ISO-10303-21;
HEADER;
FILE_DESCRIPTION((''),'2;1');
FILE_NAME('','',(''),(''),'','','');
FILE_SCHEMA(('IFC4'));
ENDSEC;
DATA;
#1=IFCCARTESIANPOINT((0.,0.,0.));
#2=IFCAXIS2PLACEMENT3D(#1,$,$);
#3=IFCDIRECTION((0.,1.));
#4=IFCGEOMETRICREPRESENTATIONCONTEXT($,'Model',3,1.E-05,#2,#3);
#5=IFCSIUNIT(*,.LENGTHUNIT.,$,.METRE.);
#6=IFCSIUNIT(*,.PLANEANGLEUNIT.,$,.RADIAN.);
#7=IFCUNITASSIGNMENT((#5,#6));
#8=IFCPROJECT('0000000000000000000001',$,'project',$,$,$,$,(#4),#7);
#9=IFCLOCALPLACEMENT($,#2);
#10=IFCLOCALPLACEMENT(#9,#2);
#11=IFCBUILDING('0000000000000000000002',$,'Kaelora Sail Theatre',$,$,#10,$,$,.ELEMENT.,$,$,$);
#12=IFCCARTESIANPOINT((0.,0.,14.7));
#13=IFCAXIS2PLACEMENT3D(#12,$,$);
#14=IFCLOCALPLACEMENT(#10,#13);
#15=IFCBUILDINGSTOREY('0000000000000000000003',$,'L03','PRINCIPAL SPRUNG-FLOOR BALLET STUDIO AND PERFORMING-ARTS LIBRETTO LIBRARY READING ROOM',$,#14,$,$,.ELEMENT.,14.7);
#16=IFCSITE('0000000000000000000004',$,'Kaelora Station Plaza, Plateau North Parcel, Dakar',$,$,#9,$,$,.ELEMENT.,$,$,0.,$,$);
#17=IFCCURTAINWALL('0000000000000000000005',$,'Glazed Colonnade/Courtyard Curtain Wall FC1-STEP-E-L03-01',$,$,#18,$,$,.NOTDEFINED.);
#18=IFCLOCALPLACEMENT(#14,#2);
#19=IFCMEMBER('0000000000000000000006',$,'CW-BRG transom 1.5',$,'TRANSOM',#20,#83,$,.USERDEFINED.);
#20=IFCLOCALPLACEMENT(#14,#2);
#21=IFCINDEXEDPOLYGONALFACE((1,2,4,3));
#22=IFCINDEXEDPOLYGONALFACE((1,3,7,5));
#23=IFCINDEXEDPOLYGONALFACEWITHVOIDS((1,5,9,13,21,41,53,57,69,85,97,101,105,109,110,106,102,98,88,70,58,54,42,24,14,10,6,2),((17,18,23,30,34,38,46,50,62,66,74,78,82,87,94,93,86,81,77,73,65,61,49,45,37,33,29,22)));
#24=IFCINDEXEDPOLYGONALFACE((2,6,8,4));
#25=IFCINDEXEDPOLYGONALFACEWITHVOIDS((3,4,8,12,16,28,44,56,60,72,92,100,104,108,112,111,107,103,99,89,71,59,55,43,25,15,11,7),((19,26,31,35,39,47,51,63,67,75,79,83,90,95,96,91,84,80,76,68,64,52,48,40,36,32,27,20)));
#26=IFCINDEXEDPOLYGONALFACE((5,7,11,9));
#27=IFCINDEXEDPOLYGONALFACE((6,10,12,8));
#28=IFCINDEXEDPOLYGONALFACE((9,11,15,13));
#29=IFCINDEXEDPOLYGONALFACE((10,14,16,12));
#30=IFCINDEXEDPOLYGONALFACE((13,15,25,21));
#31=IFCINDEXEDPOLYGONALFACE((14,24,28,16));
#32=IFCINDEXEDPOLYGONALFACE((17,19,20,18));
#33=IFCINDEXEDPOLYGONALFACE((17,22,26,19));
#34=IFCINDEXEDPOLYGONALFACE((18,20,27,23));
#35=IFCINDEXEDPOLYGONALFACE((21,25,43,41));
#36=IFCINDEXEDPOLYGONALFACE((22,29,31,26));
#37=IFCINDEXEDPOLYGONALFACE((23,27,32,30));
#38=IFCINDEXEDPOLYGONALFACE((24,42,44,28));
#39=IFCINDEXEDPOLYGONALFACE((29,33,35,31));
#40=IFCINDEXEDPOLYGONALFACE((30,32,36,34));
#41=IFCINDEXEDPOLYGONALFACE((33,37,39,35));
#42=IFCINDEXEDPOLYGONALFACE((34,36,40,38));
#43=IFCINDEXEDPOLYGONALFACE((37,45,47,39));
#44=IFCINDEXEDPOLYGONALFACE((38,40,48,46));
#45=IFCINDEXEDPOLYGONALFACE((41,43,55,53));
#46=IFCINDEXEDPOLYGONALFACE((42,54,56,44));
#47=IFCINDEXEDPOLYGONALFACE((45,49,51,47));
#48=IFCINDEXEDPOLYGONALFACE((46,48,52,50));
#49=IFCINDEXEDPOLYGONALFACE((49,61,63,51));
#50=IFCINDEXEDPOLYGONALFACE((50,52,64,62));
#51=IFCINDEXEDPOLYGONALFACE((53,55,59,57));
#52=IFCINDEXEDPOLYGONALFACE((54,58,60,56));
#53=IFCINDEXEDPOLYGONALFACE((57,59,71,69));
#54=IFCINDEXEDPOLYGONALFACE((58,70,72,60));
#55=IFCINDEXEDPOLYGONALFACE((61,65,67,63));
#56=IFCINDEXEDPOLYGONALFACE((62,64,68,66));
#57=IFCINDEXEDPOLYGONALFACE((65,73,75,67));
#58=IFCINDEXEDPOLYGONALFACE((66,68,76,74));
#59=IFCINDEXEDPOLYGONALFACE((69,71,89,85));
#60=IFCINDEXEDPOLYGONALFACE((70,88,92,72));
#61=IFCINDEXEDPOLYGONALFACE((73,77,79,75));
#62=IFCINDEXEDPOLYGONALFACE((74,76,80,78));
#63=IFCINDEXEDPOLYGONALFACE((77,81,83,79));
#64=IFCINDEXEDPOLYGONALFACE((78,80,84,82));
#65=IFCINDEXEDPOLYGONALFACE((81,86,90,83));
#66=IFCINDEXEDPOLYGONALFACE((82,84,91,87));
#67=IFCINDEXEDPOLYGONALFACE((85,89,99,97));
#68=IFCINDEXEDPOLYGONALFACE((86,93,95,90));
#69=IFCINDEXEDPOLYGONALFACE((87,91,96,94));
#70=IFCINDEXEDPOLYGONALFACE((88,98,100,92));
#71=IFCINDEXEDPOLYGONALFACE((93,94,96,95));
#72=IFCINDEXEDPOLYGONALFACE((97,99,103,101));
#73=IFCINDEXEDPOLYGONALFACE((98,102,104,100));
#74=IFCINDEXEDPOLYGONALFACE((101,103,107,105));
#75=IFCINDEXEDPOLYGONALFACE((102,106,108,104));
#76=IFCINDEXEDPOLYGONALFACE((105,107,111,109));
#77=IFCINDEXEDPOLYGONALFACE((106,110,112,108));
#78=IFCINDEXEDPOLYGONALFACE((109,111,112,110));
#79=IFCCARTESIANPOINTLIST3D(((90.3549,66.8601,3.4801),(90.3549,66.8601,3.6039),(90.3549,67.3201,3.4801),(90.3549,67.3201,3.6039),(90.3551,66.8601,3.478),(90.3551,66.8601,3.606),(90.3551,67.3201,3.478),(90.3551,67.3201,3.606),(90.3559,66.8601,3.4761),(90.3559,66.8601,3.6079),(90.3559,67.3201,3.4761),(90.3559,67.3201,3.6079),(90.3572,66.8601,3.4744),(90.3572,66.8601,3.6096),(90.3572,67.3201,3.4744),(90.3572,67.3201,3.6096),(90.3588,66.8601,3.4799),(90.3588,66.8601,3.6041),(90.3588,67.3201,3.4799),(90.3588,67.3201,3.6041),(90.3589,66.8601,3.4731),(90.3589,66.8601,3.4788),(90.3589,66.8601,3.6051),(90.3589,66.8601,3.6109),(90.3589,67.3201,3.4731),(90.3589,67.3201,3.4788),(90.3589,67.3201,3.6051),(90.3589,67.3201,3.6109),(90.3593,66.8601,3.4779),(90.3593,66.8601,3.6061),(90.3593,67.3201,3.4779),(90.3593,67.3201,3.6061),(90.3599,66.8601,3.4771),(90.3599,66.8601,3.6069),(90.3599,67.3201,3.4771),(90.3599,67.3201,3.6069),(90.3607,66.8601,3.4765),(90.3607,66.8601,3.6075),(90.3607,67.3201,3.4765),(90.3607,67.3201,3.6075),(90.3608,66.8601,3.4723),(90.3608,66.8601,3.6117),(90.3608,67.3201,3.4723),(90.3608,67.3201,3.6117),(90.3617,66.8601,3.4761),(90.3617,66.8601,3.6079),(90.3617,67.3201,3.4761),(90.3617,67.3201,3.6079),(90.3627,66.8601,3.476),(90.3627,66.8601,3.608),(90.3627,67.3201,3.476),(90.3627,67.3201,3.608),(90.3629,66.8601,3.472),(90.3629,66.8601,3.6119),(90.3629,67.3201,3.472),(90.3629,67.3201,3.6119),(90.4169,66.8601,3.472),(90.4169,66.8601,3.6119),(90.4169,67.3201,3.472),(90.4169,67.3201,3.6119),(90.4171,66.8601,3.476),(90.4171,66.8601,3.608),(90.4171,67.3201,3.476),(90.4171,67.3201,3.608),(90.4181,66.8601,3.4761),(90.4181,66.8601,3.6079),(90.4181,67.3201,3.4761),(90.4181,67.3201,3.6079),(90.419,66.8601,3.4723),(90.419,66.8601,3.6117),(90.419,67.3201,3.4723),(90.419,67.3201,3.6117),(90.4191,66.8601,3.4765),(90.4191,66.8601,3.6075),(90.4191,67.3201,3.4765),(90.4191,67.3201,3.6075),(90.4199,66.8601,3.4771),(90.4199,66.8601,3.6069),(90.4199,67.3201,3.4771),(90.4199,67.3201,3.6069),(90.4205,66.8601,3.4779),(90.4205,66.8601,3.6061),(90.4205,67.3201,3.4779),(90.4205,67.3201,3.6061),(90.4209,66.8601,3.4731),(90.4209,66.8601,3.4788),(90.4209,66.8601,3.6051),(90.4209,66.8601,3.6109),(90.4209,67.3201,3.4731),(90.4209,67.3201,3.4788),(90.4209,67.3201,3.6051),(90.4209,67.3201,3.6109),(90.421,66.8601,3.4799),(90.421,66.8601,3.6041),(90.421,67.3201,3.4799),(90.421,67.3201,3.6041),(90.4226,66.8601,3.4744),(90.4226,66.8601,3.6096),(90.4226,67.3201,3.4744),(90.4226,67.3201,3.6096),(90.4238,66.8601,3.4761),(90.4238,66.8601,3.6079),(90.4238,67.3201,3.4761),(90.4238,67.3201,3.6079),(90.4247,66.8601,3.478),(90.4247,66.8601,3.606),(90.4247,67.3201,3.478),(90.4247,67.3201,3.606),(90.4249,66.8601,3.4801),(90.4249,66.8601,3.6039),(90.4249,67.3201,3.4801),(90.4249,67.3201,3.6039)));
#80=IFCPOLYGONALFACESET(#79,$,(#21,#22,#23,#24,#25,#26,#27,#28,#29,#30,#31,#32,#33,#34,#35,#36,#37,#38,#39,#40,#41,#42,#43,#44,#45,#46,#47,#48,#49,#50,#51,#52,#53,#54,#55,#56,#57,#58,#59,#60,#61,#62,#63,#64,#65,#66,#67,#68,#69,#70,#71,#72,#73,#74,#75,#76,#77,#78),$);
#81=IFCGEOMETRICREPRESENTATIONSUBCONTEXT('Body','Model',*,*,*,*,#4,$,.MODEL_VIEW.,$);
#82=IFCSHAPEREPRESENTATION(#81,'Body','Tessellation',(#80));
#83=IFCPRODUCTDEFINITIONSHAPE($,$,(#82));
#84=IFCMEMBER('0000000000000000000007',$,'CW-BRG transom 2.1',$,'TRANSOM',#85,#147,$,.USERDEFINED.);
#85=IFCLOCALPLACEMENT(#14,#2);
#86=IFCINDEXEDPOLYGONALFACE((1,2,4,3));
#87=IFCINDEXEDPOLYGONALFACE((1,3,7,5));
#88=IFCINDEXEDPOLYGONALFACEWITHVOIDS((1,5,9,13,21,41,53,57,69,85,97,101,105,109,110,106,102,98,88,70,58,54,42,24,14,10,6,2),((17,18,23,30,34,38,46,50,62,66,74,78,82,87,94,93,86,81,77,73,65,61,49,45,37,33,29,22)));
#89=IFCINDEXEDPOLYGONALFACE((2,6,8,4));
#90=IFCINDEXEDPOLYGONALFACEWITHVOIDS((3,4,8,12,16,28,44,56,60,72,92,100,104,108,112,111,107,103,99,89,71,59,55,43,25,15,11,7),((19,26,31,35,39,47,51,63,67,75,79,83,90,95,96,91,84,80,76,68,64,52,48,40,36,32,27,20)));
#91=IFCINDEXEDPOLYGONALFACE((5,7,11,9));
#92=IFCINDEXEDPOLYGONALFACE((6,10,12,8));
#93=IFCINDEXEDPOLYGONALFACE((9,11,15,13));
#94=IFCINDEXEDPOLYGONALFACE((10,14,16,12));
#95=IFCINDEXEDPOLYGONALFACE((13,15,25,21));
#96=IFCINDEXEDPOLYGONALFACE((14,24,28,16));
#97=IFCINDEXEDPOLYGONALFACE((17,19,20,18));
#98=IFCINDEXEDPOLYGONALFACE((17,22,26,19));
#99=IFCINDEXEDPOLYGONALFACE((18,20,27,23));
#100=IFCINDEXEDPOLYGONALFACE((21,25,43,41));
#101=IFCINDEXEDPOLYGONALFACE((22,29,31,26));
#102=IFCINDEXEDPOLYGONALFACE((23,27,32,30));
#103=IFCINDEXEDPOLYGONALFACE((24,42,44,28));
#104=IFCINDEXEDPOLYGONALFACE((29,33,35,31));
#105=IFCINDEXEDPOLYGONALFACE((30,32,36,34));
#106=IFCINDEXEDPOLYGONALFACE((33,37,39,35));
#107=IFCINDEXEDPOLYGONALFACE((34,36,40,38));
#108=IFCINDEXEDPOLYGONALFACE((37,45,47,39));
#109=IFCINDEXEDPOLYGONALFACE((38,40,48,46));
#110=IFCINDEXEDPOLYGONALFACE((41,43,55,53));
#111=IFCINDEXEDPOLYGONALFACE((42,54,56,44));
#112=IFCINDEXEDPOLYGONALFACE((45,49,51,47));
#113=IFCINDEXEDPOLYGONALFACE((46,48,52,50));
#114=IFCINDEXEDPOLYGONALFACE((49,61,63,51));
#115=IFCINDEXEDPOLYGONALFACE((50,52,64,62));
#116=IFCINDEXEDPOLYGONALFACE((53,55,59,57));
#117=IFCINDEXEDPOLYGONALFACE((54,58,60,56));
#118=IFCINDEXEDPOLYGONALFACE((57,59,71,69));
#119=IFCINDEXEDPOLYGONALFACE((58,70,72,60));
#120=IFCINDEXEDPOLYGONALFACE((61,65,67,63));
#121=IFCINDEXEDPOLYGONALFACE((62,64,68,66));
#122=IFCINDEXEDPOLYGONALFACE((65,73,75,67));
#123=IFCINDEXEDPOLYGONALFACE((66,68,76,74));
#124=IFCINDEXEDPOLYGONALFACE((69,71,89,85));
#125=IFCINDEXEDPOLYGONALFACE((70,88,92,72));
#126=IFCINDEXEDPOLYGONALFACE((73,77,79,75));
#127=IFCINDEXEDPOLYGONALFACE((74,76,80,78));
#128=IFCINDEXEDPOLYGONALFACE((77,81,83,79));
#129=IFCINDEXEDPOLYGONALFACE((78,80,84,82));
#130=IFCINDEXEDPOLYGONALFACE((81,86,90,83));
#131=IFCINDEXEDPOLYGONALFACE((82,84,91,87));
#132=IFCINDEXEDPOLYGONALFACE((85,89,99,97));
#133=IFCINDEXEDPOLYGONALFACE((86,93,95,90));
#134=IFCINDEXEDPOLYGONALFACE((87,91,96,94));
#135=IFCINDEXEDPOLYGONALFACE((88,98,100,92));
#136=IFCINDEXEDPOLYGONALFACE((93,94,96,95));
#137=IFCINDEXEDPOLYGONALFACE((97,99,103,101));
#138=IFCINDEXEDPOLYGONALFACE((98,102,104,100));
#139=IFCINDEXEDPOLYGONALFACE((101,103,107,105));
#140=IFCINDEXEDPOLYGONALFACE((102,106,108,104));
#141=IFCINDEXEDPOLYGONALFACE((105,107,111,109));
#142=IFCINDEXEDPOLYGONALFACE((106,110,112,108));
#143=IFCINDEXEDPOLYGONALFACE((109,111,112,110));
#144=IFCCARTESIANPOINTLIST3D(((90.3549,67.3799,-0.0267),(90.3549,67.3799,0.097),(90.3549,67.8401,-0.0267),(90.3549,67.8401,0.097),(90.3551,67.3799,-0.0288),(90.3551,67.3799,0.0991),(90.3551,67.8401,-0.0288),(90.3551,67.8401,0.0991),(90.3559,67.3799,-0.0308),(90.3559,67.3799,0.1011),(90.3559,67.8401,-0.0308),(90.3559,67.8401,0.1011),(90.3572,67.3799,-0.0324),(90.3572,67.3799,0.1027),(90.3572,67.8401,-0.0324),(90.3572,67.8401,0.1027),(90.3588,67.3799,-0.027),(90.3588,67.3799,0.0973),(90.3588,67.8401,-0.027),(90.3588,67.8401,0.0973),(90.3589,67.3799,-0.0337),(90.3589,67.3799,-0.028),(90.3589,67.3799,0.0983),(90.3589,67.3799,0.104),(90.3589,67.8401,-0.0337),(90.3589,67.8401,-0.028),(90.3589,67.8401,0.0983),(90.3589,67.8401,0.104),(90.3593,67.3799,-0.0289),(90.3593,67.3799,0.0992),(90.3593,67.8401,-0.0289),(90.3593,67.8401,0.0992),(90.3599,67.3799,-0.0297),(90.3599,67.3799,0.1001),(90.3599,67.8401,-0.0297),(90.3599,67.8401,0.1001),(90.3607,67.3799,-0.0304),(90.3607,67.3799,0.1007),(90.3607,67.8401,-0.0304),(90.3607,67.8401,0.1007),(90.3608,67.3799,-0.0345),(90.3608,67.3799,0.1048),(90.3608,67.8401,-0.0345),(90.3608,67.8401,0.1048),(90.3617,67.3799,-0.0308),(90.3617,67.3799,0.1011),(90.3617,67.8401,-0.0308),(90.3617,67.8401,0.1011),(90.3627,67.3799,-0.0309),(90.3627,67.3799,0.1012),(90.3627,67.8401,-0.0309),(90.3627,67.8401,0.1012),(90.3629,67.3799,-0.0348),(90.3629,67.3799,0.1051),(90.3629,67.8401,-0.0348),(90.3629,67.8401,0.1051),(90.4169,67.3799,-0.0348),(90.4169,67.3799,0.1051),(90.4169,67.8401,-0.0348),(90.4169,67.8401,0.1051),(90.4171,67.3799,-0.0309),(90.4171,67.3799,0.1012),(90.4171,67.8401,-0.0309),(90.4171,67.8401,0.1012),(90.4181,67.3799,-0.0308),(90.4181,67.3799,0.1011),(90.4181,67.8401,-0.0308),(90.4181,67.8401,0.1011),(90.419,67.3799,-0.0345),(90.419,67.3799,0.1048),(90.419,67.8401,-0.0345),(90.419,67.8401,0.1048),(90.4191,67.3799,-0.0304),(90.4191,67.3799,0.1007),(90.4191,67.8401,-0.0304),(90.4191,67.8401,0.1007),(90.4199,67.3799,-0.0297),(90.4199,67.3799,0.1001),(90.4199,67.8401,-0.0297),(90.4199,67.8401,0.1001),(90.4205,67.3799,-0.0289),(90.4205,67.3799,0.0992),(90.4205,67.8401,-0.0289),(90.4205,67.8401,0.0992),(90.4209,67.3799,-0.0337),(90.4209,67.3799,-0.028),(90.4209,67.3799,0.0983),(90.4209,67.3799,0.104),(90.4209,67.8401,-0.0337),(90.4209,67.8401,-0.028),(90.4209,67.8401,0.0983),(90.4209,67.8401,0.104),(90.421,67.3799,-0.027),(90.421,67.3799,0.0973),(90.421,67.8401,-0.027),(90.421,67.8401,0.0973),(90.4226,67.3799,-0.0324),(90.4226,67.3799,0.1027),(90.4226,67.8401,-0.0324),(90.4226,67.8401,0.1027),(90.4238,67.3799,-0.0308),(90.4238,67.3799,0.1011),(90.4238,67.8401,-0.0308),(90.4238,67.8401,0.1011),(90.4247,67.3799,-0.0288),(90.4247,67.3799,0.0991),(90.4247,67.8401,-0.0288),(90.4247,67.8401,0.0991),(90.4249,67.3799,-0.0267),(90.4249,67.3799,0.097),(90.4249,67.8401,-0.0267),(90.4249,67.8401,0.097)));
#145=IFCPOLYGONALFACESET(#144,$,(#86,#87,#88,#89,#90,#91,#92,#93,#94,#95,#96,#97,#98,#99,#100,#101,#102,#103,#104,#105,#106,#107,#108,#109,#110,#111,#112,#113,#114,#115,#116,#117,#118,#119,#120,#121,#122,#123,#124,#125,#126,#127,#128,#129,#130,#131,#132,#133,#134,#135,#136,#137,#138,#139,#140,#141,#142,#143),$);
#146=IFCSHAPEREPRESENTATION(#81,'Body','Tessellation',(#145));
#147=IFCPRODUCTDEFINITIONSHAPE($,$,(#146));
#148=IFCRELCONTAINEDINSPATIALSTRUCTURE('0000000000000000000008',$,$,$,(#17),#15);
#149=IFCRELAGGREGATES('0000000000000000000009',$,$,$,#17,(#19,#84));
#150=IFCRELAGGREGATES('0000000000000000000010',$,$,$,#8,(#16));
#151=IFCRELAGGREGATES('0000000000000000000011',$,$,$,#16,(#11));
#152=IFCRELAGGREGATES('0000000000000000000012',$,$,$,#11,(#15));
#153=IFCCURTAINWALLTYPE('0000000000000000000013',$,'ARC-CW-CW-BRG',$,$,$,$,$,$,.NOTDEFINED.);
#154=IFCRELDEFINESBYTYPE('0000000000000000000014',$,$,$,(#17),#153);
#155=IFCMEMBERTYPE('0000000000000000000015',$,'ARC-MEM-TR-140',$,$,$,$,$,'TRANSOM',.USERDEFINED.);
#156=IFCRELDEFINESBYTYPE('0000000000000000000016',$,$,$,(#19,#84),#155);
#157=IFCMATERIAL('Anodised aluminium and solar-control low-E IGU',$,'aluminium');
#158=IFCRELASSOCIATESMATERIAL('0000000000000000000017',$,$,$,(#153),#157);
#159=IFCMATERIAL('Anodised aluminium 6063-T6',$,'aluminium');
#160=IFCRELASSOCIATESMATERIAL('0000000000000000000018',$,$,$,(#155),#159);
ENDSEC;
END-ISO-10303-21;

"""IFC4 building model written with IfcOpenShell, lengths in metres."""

from ifc_helpers import new_model, si_unit, direction, frame, origin, origin_2d, place, context, subcontext, project, spatial, hollow_rectangle, extrude, material, material_profile, profile_set, type_object, element, aggregate, save


model = new_model("IFC4")

# Units and contexts
model_context = context("Model", 3, precision=1e-05, world=origin(), true_north=direction((0.0, 1.0)))
body_context = subcontext(model_context, "Body", "Model", "MODEL_VIEW")
ifc_project = project(units=[si_unit("LENGTHUNIT", "METRE"), si_unit("PLANEANGLEUNIT", "RADIAN")], contexts=[model_context])

# Site, building, storey
site_placement = place(None, origin())
site = spatial("IfcSite", under=ifc_project, at=site_placement, Name="Kaelora Station Plaza, Plateau North Parcel, Dakar", CompositionType="ELEMENT", RefElevation=0.0)
building_placement = place(site_placement, origin())
building = spatial("IfcBuilding", under=site, at=building_placement, Name="Kaelora Sail Theatre", CompositionType="ELEMENT")
storey_placement = place(building_placement, frame((0.0, 0.0, 14.7)))
storey = spatial("IfcBuildingStorey", under=building, at=storey_placement, Name="L03", Description="PRINCIPAL SPRUNG-FLOOR BALLET STUDIO AND PERFORMING-ARTS LIBRETTO LIBRARY READING ROOM", CompositionType="ELEMENT", Elevation=14.7)

# Shared definitions
ifc_material_1 = material(Name="Anodised aluminium and solar-control low-E IGU", Category="aluminium")
curtain_wall_type = type_object("IfcCurtainWallType", Name="ARC-CW-CW-BRG", PredefinedType="NOTDEFINED", material=ifc_material_1)

# Curtain wall
curtain_wall_1_placement = place(storey_placement, origin())
curtain_wall_1 = element("IfcCurtainWall", 1, at=curtain_wall_1_placement, inside=storey, type_object=curtain_wall_type, Name="Glazed Colonnade/Courtyard Curtain Wall FC1-STEP-E-L03-01", PredefinedType="NOTDEFINED")

# Members
ifc_material_2 = material(Name="Anodised aluminium 6063-T6", Category="aluminium")
ifc_material_profile_1 = material_profile(ifc_material_2, hollow_rectangle(XDim=0.0701, YDim=0.1399, WallThickness=0.0039, InnerFilletRadius=0.0039, OuterFilletRadius=0.0081, at=origin_2d()), Name="ALU-TRAN 70x140x4")
ifc_profile_set_1 = profile_set([ifc_material_profile_1], Name="Anodised aluminium 6063-T6")
member_type_1 = type_object("IfcMemberType", Name="ARC-MEM-TR-140", ElementType="TRANSOM", PredefinedType="USERDEFINED", material=ifc_profile_set_1)
member_1_placement = place(storey_placement, frame((90.3899, 66.8601, 3.542), z_axis=(0.0, 1.0, 0.0), x_axis=(-1.0, 0.0, 0.0)))
member_1 = element("IfcMember", 2, at=member_1_placement, type_object=member_type_1, Name="CW-BRG transom 1.5", ObjectType="TRANSOM", PredefinedType="USERDEFINED", context=body_context, shape_type="SweptSolid", body=[
    extrude(hollow_rectangle(XDim=0.0701, YDim=0.1399, WallThickness=0.0039, InnerFilletRadius=0.0039, OuterFilletRadius=0.0081, at=origin_2d()), origin(), (0.0, 0.0, 1.0), 0.46),
])
member_2_placement = place(storey_placement, frame((90.3899, 67.3799, 0.0352), z_axis=(0.0, 1.0, 0.0), x_axis=(-1.0, 0.0, 0.0)))
member_2 = element("IfcMember", 3, at=member_2_placement, type_object=member_type_1, Name="CW-BRG transom 2.1", ObjectType="TRANSOM", PredefinedType="USERDEFINED", context=body_context, shape_type="SweptSolid", body=[
    extrude(hollow_rectangle(XDim=0.0701, YDim=0.1399, WallThickness=0.0039, InnerFilletRadius=0.0039, OuterFilletRadius=0.0081, at=origin_2d()), origin(), (0.0, 0.0, 1.0), 0.4602),
])

aggregate(curtain_wall_1, [member_1, member_2])

save(model, "model.ifc")
